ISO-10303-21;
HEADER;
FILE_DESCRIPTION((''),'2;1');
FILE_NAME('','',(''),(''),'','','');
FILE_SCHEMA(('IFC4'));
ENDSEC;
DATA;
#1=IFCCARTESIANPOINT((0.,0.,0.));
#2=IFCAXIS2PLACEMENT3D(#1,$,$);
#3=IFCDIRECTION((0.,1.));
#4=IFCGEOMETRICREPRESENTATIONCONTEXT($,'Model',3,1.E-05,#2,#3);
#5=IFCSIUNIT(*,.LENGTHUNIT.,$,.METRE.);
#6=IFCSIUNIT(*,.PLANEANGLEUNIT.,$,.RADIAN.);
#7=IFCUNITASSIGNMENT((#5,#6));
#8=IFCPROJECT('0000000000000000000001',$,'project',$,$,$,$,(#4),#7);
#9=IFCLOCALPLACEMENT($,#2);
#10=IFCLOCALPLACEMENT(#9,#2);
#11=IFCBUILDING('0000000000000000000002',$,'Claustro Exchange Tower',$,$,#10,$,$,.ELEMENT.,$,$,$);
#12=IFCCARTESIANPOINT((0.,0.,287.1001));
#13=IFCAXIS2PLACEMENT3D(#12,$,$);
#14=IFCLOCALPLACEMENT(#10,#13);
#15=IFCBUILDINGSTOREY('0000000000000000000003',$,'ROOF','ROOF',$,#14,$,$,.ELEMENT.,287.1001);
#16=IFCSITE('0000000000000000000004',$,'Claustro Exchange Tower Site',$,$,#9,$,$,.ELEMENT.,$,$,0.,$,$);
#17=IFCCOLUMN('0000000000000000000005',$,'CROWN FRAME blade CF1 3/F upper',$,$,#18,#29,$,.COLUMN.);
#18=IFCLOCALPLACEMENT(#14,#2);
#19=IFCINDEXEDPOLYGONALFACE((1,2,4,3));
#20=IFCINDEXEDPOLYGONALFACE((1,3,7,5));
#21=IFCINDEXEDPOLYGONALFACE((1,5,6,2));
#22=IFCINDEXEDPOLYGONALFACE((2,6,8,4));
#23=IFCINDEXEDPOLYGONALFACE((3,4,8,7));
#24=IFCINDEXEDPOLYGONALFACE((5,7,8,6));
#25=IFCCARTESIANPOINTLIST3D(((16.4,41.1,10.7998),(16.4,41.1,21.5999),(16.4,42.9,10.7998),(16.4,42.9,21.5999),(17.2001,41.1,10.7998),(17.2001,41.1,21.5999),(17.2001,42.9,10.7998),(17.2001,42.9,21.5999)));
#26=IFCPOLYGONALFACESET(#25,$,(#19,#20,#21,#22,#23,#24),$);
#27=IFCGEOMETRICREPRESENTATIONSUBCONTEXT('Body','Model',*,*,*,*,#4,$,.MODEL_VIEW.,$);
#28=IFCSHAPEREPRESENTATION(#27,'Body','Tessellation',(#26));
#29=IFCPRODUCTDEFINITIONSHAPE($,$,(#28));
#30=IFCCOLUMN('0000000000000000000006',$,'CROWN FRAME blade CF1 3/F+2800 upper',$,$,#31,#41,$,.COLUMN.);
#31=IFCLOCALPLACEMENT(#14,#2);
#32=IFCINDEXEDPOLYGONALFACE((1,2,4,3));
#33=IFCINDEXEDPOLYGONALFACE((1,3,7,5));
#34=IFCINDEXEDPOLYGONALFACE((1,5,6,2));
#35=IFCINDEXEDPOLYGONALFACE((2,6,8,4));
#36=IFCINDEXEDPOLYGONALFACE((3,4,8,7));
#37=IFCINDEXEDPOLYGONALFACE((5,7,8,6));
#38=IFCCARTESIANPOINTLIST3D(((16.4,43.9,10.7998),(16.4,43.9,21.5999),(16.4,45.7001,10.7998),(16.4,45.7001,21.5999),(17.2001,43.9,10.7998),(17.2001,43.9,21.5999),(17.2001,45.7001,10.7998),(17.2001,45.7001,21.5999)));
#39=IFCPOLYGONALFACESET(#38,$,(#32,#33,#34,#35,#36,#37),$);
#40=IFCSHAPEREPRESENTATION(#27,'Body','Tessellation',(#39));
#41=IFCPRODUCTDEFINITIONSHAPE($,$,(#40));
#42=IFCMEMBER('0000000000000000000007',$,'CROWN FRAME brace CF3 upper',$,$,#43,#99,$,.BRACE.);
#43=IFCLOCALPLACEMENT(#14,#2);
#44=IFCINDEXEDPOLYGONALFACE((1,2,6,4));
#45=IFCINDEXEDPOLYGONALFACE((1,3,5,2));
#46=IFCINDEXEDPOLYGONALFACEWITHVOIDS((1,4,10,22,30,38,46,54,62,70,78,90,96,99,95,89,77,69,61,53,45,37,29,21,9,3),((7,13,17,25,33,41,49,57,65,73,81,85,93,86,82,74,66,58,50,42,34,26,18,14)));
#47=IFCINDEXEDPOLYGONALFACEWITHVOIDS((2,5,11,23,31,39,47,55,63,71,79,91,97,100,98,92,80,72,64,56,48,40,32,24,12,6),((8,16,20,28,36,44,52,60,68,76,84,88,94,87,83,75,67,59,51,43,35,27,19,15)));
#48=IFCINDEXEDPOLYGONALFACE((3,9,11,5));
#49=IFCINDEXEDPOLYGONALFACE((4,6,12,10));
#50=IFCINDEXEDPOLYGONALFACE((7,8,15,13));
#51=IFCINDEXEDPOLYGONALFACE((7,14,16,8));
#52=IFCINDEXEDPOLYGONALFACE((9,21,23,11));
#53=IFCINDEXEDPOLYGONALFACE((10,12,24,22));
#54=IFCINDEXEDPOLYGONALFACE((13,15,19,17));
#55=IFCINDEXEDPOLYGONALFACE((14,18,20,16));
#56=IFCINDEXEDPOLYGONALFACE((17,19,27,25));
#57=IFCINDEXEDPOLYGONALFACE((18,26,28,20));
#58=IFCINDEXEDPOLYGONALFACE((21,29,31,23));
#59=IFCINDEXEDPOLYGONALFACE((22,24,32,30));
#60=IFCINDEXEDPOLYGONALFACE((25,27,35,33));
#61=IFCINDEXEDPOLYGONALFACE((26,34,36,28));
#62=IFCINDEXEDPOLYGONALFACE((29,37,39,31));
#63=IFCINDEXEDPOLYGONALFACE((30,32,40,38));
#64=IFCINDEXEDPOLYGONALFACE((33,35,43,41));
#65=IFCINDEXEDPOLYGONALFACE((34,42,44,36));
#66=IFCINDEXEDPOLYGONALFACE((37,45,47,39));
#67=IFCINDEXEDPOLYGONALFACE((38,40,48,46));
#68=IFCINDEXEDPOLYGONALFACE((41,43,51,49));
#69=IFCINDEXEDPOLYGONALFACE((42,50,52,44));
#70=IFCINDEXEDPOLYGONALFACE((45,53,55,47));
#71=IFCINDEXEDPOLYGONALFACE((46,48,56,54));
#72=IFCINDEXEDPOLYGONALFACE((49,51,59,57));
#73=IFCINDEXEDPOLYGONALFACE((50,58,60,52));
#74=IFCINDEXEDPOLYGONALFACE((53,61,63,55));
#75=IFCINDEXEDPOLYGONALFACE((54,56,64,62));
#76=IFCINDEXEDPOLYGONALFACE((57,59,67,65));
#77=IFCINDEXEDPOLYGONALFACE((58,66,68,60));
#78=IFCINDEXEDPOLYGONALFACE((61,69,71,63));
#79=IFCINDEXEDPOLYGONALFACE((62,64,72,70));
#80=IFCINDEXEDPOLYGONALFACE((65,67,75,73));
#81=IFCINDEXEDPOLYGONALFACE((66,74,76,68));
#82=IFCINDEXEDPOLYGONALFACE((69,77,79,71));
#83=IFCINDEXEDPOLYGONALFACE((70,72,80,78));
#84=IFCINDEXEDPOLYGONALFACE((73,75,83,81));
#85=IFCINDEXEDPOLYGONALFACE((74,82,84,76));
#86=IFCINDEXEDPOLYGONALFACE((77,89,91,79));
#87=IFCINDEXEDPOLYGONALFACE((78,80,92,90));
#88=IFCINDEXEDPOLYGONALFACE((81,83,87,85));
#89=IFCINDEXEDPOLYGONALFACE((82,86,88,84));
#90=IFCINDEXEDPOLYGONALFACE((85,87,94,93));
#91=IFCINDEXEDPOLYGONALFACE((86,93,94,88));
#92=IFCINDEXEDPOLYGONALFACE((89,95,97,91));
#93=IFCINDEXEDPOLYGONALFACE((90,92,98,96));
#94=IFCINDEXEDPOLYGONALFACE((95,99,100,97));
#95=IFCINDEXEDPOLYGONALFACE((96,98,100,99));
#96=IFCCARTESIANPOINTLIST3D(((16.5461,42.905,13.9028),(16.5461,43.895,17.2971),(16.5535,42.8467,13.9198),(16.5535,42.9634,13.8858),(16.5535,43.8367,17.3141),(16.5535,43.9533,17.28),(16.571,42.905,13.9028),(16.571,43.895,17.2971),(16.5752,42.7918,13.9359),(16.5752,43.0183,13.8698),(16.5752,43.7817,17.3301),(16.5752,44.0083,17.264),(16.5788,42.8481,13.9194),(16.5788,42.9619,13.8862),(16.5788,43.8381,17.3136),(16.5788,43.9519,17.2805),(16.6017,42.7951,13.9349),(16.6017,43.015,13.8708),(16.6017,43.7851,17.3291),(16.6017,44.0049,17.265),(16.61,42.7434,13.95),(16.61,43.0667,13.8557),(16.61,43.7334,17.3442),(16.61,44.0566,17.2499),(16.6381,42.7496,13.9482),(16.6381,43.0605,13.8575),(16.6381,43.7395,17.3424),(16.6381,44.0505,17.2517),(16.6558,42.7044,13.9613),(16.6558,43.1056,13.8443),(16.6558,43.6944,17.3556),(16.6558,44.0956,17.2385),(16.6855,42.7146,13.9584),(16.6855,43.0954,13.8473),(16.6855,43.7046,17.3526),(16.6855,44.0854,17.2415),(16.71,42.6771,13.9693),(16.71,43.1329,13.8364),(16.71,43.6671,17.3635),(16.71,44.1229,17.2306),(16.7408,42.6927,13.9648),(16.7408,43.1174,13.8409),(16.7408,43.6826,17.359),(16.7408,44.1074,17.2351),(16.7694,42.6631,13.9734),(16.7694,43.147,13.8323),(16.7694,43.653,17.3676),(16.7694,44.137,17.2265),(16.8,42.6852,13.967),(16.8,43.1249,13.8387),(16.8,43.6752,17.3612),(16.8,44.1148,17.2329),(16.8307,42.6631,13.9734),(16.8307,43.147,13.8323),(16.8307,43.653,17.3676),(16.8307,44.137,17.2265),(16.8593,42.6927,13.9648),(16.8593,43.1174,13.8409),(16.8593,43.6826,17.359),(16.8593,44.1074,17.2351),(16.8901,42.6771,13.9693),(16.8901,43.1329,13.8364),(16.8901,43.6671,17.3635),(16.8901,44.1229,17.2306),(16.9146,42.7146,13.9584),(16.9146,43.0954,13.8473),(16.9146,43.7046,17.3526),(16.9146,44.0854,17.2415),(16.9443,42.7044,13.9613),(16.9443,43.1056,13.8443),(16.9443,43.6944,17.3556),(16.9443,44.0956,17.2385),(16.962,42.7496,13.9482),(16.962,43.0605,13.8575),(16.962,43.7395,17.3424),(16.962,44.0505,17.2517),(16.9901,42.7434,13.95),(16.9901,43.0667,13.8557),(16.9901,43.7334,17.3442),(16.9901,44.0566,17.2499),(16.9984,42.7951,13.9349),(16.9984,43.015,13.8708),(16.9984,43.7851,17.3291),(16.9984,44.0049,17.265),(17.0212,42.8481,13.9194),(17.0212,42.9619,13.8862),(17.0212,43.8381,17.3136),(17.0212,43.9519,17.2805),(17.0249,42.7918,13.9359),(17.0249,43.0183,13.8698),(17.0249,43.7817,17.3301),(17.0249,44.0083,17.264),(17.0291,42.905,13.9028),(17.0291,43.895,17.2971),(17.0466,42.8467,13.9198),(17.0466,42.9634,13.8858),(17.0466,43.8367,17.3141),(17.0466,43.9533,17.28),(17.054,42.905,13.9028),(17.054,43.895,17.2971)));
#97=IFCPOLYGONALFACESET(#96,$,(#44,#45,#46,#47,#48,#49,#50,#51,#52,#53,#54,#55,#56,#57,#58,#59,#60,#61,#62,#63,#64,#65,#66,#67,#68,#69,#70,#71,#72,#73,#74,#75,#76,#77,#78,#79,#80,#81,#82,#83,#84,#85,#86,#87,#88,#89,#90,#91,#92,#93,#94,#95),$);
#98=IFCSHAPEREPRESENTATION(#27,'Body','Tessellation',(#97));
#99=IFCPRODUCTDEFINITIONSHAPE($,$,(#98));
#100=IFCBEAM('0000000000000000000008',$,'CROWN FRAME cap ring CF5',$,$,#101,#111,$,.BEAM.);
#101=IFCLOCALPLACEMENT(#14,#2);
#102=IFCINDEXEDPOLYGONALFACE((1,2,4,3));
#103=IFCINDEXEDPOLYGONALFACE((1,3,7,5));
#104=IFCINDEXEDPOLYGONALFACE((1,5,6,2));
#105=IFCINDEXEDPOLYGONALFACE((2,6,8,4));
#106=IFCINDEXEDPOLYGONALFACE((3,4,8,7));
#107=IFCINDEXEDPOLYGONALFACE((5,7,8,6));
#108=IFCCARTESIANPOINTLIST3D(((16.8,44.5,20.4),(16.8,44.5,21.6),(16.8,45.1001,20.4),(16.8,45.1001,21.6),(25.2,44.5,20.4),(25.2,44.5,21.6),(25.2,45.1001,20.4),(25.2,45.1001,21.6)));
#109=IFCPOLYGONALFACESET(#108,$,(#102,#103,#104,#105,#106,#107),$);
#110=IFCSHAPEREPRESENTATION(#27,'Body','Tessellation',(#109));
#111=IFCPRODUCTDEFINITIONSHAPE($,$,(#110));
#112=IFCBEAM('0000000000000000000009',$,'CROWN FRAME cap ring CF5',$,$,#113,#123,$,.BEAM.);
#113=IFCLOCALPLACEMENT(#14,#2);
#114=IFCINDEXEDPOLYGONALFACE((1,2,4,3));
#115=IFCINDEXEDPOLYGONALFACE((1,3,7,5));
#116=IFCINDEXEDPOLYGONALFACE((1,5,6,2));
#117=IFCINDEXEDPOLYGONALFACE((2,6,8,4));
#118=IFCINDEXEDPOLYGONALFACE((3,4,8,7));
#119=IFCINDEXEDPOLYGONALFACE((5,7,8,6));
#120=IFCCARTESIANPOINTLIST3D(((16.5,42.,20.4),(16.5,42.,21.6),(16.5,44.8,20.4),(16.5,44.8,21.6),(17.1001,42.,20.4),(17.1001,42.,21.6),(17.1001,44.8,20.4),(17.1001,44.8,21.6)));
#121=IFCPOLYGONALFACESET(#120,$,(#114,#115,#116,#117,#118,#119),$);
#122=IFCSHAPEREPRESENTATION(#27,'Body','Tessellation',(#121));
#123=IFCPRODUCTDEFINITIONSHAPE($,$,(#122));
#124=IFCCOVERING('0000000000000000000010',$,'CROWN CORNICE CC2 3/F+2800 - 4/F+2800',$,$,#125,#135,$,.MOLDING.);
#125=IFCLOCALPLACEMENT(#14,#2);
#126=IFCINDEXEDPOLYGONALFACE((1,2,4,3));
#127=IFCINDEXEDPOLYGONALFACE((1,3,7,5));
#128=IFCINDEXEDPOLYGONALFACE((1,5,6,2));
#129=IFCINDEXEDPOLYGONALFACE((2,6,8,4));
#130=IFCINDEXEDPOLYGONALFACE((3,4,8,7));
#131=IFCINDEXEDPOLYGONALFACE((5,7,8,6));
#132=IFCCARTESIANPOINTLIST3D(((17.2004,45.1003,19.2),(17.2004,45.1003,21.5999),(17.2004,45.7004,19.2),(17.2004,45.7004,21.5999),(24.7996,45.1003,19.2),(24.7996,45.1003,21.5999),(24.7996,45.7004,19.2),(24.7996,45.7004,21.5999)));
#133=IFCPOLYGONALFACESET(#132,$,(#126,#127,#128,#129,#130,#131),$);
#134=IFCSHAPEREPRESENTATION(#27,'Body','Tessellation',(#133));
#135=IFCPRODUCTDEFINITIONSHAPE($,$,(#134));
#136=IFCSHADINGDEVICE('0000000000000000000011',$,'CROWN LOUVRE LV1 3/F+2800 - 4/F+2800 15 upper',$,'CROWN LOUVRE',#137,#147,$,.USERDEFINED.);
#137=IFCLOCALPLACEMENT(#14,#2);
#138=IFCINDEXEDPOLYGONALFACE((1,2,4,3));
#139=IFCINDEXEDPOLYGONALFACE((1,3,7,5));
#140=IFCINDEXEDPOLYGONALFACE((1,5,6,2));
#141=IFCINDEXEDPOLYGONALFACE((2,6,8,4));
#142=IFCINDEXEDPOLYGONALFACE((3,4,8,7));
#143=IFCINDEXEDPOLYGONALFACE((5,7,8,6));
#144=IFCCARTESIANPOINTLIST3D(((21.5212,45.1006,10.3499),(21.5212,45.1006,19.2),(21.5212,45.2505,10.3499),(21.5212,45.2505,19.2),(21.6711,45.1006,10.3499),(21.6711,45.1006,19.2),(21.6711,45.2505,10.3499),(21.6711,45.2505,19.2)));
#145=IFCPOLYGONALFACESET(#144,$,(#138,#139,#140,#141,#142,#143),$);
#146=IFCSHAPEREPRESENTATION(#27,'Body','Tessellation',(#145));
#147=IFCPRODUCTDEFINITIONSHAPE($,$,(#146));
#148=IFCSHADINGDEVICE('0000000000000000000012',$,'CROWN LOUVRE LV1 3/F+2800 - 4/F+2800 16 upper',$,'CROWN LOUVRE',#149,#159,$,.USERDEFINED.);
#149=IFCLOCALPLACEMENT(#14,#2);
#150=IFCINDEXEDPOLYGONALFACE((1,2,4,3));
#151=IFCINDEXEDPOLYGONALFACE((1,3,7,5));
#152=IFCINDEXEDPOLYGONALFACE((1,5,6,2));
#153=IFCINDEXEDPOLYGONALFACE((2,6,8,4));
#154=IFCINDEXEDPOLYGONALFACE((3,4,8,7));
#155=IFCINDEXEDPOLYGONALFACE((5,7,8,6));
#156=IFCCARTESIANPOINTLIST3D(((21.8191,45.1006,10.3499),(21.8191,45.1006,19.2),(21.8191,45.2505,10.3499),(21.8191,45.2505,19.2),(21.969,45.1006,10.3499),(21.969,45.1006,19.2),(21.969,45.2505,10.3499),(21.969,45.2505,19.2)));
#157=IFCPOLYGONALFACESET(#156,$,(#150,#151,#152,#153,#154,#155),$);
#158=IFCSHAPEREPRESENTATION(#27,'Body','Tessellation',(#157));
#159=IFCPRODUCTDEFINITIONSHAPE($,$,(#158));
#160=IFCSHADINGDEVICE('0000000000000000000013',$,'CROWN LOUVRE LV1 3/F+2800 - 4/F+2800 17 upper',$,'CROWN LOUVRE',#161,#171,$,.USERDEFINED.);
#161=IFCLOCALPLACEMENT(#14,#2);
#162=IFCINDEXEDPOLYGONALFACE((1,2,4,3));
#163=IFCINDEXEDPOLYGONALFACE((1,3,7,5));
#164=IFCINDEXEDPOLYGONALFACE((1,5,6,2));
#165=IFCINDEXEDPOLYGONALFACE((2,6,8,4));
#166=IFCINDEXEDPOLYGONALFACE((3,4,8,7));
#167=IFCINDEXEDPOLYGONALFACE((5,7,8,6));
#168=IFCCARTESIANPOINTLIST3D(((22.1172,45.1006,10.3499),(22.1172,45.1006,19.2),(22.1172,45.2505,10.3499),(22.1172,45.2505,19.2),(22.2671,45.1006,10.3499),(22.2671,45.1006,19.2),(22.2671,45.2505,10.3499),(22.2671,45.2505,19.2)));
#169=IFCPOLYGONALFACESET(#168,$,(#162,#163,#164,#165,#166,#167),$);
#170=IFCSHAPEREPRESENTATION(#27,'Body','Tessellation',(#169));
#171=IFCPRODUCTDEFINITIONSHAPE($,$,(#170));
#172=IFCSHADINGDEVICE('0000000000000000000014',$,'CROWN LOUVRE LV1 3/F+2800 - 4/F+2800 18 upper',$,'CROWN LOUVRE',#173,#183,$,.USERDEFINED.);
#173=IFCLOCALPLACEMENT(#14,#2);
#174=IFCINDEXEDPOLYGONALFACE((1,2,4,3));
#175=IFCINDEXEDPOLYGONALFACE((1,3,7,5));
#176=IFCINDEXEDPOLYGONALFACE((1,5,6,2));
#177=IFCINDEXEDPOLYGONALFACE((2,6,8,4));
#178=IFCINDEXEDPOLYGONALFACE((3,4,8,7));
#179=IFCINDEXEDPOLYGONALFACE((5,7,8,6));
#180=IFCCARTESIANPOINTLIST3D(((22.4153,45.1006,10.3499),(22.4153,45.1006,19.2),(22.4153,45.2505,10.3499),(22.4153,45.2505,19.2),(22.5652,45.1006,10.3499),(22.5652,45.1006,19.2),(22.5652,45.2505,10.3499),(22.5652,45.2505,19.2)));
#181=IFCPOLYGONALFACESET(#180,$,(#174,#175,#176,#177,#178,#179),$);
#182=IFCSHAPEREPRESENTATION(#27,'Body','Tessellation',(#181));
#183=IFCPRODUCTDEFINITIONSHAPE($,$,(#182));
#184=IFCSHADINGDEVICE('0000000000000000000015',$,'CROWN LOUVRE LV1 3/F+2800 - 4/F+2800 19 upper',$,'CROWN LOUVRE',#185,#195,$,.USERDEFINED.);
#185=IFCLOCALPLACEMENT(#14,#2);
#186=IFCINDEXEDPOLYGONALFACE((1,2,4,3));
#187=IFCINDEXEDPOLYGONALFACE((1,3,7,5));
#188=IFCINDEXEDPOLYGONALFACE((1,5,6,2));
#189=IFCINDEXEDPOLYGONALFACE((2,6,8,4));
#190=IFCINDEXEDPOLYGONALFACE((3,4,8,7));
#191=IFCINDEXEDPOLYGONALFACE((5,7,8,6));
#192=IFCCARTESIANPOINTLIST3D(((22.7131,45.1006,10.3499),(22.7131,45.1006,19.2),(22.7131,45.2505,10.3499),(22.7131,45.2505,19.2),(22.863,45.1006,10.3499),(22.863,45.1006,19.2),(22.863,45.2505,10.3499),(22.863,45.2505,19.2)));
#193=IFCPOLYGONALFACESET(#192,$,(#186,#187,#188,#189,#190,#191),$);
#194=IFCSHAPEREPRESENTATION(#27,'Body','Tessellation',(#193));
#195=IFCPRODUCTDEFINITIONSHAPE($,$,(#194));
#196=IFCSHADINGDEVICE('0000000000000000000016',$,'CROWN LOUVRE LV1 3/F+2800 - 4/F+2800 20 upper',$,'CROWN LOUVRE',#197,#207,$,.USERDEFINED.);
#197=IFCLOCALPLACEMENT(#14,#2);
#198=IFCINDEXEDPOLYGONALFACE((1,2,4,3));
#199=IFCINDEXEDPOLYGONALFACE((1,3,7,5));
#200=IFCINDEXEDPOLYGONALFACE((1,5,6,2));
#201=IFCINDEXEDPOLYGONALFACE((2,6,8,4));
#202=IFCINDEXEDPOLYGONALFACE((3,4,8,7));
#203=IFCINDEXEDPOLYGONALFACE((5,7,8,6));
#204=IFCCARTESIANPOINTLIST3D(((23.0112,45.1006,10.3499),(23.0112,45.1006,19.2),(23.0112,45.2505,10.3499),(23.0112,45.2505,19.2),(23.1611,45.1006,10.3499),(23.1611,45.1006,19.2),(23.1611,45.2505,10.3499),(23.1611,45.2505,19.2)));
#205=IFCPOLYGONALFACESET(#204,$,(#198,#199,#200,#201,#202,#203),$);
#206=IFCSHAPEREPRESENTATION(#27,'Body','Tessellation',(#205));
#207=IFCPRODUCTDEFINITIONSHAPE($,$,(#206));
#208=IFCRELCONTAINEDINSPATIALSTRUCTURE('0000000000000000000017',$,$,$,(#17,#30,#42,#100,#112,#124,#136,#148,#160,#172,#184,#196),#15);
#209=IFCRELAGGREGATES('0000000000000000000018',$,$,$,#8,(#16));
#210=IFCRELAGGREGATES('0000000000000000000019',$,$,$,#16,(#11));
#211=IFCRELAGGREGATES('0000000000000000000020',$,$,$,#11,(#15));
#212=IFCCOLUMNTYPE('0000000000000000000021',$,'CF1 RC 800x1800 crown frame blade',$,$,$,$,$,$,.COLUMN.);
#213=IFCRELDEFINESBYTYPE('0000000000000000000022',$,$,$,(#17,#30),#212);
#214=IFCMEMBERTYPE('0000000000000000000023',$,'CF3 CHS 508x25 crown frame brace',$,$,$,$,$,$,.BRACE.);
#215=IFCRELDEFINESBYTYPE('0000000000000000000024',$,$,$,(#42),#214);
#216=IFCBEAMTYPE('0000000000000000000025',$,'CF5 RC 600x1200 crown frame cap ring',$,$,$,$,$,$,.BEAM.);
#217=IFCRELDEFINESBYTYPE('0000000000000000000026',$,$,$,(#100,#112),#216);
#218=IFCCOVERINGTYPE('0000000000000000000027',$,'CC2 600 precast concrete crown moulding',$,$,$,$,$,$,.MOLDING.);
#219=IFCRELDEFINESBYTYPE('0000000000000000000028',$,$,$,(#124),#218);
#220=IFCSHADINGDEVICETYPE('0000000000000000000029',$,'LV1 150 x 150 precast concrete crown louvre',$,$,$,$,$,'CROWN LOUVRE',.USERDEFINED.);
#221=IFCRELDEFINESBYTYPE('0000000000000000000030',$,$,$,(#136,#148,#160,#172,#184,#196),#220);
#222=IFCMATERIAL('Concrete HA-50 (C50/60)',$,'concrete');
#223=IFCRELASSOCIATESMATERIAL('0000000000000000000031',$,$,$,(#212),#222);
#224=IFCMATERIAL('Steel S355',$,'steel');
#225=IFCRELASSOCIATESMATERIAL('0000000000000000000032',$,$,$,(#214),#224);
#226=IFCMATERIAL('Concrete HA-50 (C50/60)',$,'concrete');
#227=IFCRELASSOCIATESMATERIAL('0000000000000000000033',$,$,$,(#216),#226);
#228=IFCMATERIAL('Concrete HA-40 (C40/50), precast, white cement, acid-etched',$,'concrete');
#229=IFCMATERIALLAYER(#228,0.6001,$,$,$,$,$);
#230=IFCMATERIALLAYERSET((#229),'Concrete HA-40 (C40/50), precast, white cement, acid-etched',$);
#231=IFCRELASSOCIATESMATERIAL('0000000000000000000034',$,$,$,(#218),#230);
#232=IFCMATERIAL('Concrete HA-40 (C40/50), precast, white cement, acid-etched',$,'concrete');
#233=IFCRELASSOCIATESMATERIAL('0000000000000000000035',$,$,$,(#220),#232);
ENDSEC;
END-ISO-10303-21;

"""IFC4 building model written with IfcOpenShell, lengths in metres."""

from ifc_helpers import new_model, si_unit, direction, frame, origin, origin_2d, place, context, subcontext, project, spatial, rectangle, hollow_circle, extrude, material, layer, layer_set, material_profile, profile_set, type_object, element, save


model = new_model("IFC4")

# Units and contexts
model_context = context("Model", 3, precision=1e-05, world=origin(), true_north=direction((0.0, 1.0)))
body_context = subcontext(model_context, "Body", "Model", "MODEL_VIEW")
ifc_project = project(units=[si_unit("LENGTHUNIT", "METRE"), si_unit("PLANEANGLEUNIT", "RADIAN")], contexts=[model_context])

# Site, building, storey
site_placement = place(None, origin())
site = spatial("IfcSite", under=ifc_project, at=site_placement, Name="Claustro Exchange Tower Site", CompositionType="ELEMENT", RefElevation=0.0)
building_placement = place(site_placement, origin())
building = spatial("IfcBuilding", under=site, at=building_placement, Name="Claustro Exchange Tower", CompositionType="ELEMENT")
storey_placement = place(building_placement, frame((0.0, 0.0, 287.1001)))
storey = spatial("IfcBuildingStorey", under=building, at=storey_placement, Name="ROOF", Description="ROOF", CompositionType="ELEMENT", Elevation=287.1001)

# Columns
ifc_material_1 = material(Name="Concrete HA-50 (C50/60)", Category="concrete")
ifc_material_profile_1 = material_profile(ifc_material_1, rectangle(XDim=0.8, YDim=1.8, at=origin_2d()), Name="RC 800x1800")
ifc_profile_set_1 = profile_set([ifc_material_profile_1], Name="Concrete HA-50 (C50/60)")
column_type = type_object("IfcColumnType", Name="CF1 RC 800x1800 crown frame blade", PredefinedType="COLUMN", material=ifc_profile_set_1)
for number, where, z_axis, x_axis, name in (
    (1, (16.8, 42.0, 10.7998), (0.0, 0.0, 1.0), (1.0, 0.0, 0.0), "CROWN FRAME blade CF1 3/F upper"),
    (2, (16.8, 44.8, 10.7998), (0.0, 0.0, 1.0), (1.0, 0.0, 0.0), "CROWN FRAME blade CF1 3/F+2800 upper"),
):
    element("IfcColumn", number, at=place(storey_placement, frame(where, z_axis=z_axis, x_axis=x_axis)), inside=storey, type_object=column_type, Name=name, PredefinedType="COLUMN", context=body_context, shape_type="SweptSolid", body=[
        extrude(rectangle(XDim=0.8, YDim=1.8, at=origin_2d()), origin(), (0.0, 0.0, 1.0), 10.8),
    ])

# Member
ifc_material_2 = material(Name="Steel S355", Category="steel")
ifc_material_profile_2 = material_profile(ifc_material_2, hollow_circle(Radius=0.2539, WallThickness=0.0249, at=origin_2d()), Name="CHS 508x25")
ifc_profile_set_2 = profile_set([ifc_material_profile_2], Name="Steel S355")
member_type = type_object("IfcMemberType", Name="CF3 CHS 508x25 crown frame brace", PredefinedType="BRACE", material=ifc_profile_set_2)
member_placement = place(storey_placement, frame((16.8, 42.905, 13.9028), z_axis=(0.0, 0.279997, 0.960001), x_axis=(-1.0, 0.0, 0.0)))
element("IfcMember", 3, at=member_placement, inside=storey, type_object=member_type, Name="CROWN FRAME brace CF3 upper", PredefinedType="BRACE", context=body_context, shape_type="SweptSolid", body=[
    extrude(hollow_circle(Radius=0.2539, WallThickness=0.0249, at=origin_2d()), origin(), (0.0, 0.0, 1.0), 3.5356),
])

# Beams
ifc_material_3 = material(Name="Concrete HA-50 (C50/60)", Category="concrete")
ifc_material_profile_3 = material_profile(ifc_material_3, rectangle(XDim=0.6001, YDim=1.2, at=origin_2d()), Name="RC 600x1200")
ifc_profile_set_3 = profile_set([ifc_material_profile_3], Name="Concrete HA-50 (C50/60)")
beam_type = type_object("IfcBeamType", Name="CF5 RC 600x1200 crown frame cap ring", PredefinedType="BEAM", material=ifc_profile_set_3)
beam_1_placement = place(storey_placement, frame((16.8, 44.8, 21.0), z_axis=(1.0, 0.0, 0.0), x_axis=(0.0, 1.0, 0.0)))
element("IfcBeam", 4, at=beam_1_placement, inside=storey, type_object=beam_type, Name="CROWN FRAME cap ring CF5", PredefinedType="BEAM", context=body_context, shape_type="SweptSolid", body=[
    extrude(rectangle(XDim=0.6001, YDim=1.2, at=origin_2d()), origin(), (0.0, 0.0, 1.0), 8.3999),
])
beam_2_placement = place(storey_placement, frame((16.8, 42.0, 21.0), z_axis=(0.0, 1.0, 0.0), x_axis=(-1.0, 0.0, 0.0)))
element("IfcBeam", 5, at=beam_2_placement, inside=storey, type_object=beam_type, Name="CROWN FRAME cap ring CF5", PredefinedType="BEAM", context=body_context, shape_type="SweptSolid", body=[
    extrude(rectangle(XDim=0.6001, YDim=1.2, at=origin_2d()), origin(), (0.0, 0.0, 1.0), 2.8),
])

# Covering
ifc_material_4 = material(Name="Concrete HA-40 (C40/50), precast, white cement, acid-etched", Category="concrete")
ifc_layer_1 = layer(ifc_material_4, 0.6001)
ifc_layer_set_1 = layer_set([ifc_layer_1], Name="Concrete HA-40 (C40/50), precast, white cement, acid-etched")
covering_type = type_object("IfcCoveringType", Name="CC2 600 precast concrete crown moulding", PredefinedType="MOLDING", material=ifc_layer_set_1)
covering_placement = place(storey_placement, frame((21.0, 45.4004, 19.2), z_axis=(0.0, 0.0, 1.0), x_axis=(1.0, 0.0, 0.0)))
element("IfcCovering", 6, at=covering_placement, inside=storey, type_object=covering_type, Name="CROWN CORNICE CC2 3/F+2800 - 4/F+2800", PredefinedType="MOLDING", context=body_context, shape_type="SweptSolid", body=[
    extrude(rectangle(XDim=7.5991, YDim=0.6001, at=origin_2d()), origin(), (0.0, 0.0, 1.0), 2.3999),
])

# Shading devices
ifc_material_5 = material(Name="Concrete HA-40 (C40/50), precast, white cement, acid-etched", Category="concrete")
shading_device_type = type_object("IfcShadingDeviceType", Name="LV1 150 x 150 precast concrete crown louvre", ElementType="CROWN LOUVRE", PredefinedType="USERDEFINED", material=ifc_material_5)
for number, where, z_axis, x_axis, name in (
    (7, (21.5962, 45.1755, 10.3499), (0.0, 0.0, 1.0), (1.0, 0.0, 0.0), "CROWN LOUVRE LV1 3/F+2800 - 4/F+2800 15 upper"),
    (8, (21.894, 45.1755, 10.3499), (0.0, 0.0, 1.0), (1.0, 0.0, 0.0), "CROWN LOUVRE LV1 3/F+2800 - 4/F+2800 16 upper"),
    (9, (22.1921, 45.1755, 10.3499), (0.0, 0.0, 1.0), (1.0, 0.0, 0.0), "CROWN LOUVRE LV1 3/F+2800 - 4/F+2800 17 upper"),
    (10, (22.4902, 45.1755, 10.3499), (0.0, 0.0, 1.0), (1.0, 0.0, 0.0), "CROWN LOUVRE LV1 3/F+2800 - 4/F+2800 18 upper"),
    (11, (22.7881, 45.1755, 10.3499), (0.0, 0.0, 1.0), (1.0, 0.0, 0.0), "CROWN LOUVRE LV1 3/F+2800 - 4/F+2800 19 upper"),
    (12, (23.0862, 45.1755, 10.3499), (0.0, 0.0, 1.0), (1.0, 0.0, 0.0), "CROWN LOUVRE LV1 3/F+2800 - 4/F+2800 20 upper"),
):
    element("IfcShadingDevice", number, at=place(storey_placement, frame(where, z_axis=z_axis, x_axis=x_axis)), inside=storey, type_object=shading_device_type, Name=name, ObjectType="CROWN LOUVRE", PredefinedType="USERDEFINED", context=body_context, shape_type="SweptSolid", body=[
        extrude(rectangle(XDim=0.1499, YDim=0.1499, at=origin_2d()), origin(), (0.0, 0.0, 1.0), 8.8501),
    ])

save(model, "model.ifc")
